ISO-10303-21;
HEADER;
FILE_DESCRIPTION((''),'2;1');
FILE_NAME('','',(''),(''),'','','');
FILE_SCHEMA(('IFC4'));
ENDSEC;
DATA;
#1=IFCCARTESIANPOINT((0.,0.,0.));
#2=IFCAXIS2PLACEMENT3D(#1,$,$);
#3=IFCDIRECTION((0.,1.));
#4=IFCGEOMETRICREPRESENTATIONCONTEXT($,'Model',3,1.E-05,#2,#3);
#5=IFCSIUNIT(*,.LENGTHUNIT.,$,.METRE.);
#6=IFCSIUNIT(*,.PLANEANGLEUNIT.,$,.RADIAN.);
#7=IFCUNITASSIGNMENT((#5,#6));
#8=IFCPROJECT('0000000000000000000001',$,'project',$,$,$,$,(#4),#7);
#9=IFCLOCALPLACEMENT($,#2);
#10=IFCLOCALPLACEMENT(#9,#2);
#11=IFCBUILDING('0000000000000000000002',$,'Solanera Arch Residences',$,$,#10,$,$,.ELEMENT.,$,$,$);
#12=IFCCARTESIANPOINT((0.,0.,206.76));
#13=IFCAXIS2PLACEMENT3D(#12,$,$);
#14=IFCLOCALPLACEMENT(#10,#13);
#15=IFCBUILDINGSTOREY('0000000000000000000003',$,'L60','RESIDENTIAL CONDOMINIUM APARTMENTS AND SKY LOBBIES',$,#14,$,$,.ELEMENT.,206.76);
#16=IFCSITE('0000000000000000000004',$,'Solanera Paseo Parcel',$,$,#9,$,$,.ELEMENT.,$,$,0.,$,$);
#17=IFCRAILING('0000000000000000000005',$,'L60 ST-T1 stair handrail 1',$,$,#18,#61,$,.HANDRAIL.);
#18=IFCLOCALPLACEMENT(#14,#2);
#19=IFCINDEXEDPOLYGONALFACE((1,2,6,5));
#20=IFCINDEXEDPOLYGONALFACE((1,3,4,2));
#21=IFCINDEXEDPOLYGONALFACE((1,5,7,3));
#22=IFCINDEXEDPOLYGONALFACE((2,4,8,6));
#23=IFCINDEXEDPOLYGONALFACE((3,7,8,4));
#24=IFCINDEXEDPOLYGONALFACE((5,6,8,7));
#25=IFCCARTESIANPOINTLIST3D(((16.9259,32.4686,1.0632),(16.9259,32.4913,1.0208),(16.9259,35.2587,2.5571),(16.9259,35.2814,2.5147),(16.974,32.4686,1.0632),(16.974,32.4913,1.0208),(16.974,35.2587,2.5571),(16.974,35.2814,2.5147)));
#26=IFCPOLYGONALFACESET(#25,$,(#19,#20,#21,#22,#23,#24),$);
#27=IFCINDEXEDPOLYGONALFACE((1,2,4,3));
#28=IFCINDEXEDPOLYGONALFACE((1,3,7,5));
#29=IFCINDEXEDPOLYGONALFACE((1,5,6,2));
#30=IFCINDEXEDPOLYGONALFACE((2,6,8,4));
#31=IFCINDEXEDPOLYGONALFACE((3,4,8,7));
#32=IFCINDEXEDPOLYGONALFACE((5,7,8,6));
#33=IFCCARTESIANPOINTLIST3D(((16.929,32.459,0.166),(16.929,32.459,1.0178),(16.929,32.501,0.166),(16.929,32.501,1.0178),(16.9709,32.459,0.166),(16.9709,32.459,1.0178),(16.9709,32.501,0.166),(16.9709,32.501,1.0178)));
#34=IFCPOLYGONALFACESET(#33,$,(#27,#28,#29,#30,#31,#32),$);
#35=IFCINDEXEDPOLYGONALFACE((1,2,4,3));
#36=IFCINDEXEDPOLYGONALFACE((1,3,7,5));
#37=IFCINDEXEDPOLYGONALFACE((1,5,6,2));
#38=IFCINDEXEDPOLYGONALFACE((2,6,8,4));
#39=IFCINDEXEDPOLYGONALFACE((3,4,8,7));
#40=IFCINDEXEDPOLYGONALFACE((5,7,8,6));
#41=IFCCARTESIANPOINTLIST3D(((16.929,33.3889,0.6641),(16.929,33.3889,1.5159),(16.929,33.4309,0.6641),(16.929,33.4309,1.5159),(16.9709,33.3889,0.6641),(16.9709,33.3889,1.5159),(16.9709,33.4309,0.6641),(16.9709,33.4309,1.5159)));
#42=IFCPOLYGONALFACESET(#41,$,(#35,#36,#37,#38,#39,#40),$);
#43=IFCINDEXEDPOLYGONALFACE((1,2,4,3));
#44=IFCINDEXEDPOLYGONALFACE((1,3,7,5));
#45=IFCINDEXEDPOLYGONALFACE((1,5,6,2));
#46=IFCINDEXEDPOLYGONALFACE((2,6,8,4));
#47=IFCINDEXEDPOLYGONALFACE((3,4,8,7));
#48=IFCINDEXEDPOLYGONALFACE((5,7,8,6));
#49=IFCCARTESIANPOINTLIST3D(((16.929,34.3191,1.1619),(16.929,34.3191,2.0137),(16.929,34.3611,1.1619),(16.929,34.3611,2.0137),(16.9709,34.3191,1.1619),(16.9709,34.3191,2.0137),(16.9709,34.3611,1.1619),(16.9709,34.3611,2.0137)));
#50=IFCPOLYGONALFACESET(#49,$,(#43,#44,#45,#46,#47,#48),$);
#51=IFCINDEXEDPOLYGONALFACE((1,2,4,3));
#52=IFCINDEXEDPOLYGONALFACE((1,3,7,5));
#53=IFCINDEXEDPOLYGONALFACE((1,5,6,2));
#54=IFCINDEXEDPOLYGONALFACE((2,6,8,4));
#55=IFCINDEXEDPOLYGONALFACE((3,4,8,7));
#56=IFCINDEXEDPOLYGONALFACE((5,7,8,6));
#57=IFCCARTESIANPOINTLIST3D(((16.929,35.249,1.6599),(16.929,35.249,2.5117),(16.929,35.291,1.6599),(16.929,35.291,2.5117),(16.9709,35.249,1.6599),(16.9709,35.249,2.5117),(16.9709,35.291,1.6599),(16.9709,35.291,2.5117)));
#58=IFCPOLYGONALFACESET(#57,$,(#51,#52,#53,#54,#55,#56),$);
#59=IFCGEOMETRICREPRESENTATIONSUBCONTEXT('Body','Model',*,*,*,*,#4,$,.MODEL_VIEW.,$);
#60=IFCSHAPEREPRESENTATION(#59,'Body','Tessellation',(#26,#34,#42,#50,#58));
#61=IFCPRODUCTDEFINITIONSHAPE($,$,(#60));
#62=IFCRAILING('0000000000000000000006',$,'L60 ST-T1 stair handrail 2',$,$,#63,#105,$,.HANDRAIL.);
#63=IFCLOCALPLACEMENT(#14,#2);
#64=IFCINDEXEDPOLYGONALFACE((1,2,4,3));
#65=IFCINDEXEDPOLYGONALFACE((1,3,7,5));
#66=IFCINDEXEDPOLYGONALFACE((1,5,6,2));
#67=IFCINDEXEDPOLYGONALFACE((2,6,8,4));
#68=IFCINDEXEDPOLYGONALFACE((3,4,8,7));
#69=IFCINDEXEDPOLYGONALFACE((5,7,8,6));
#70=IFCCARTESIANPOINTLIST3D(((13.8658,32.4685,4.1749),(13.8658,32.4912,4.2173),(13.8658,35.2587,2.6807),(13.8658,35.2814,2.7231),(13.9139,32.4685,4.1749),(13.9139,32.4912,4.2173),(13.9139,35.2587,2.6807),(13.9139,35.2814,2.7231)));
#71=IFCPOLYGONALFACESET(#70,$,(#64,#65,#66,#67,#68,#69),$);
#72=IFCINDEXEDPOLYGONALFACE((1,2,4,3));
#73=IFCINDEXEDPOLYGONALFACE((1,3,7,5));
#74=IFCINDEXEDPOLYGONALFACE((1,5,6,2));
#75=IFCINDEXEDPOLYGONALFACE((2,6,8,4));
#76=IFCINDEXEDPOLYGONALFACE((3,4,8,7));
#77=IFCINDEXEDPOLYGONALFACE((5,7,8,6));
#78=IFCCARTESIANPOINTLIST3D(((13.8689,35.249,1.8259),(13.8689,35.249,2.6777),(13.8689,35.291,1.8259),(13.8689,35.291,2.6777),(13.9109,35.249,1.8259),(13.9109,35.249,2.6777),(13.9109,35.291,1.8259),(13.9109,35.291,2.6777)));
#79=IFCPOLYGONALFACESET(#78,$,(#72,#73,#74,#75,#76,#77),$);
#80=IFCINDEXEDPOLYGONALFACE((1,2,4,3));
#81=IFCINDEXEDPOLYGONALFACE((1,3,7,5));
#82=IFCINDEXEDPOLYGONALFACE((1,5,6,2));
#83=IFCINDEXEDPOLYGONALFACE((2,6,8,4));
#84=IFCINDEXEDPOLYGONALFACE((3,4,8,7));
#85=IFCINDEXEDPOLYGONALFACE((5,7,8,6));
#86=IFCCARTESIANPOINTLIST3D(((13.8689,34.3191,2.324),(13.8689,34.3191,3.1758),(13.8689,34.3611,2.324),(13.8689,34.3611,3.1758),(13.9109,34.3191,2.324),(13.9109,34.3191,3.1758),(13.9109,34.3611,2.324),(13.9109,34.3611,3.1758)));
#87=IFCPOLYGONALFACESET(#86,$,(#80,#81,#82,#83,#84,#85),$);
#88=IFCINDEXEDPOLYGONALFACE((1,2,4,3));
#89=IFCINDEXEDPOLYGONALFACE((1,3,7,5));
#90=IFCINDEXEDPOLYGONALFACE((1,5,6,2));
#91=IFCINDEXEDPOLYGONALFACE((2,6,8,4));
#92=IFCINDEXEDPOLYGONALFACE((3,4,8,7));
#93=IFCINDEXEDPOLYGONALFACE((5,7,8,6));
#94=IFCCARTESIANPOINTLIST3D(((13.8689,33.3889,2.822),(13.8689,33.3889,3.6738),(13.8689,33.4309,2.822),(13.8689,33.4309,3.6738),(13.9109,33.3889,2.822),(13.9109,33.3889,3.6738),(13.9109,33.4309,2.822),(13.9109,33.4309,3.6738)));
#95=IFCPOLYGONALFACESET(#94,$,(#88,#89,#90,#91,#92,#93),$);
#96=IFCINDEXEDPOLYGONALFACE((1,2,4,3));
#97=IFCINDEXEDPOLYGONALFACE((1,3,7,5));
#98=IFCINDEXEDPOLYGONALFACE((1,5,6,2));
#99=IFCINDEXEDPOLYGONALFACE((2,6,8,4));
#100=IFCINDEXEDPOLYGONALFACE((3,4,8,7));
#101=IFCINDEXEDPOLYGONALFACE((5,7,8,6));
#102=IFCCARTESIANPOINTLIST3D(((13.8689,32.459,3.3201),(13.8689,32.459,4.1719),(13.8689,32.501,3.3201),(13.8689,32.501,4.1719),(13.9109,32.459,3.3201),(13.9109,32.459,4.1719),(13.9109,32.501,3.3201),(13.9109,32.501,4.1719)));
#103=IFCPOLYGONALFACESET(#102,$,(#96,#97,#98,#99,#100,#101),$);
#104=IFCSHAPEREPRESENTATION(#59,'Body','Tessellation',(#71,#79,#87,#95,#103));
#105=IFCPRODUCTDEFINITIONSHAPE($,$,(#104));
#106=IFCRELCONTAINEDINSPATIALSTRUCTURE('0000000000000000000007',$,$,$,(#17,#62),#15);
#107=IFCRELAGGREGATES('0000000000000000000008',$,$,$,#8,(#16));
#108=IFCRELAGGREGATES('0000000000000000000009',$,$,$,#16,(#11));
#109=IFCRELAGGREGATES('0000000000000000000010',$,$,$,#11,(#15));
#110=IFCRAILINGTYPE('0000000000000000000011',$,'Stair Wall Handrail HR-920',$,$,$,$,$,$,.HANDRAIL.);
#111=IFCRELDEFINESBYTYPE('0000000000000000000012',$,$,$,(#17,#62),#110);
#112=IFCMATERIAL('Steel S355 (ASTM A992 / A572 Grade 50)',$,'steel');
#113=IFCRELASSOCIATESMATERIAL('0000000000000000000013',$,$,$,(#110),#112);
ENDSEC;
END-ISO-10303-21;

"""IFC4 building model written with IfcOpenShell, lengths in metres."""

from ifc_helpers import new_model, si_unit, direction, frame, origin, origin_2d, place, context, subcontext, project, spatial, rectangle, extrude, material, type_object, element, save


model = new_model("IFC4")

# Units and contexts
model_context = context("Model", 3, precision=1e-05, world=origin(), true_north=direction((0.0, 1.0)))
body_context = subcontext(model_context, "Body", "Model", "MODEL_VIEW")
ifc_project = project(units=[si_unit("LENGTHUNIT", "METRE"), si_unit("PLANEANGLEUNIT", "RADIAN")], contexts=[model_context])

# Site, building, storey
site_placement = place(None, origin())
site = spatial("IfcSite", under=ifc_project, at=site_placement, Name="Solanera Paseo Parcel", CompositionType="ELEMENT", RefElevation=0.0)
building_placement = place(site_placement, origin())
building = spatial("IfcBuilding", under=site, at=building_placement, Name="Solanera Arch Residences", CompositionType="ELEMENT")
storey_placement = place(building_placement, frame((0.0, 0.0, 206.76)))
storey = spatial("IfcBuildingStorey", under=building, at=storey_placement, Name="L60", Description="RESIDENTIAL CONDOMINIUM APARTMENTS AND SKY LOBBIES", CompositionType="ELEMENT", Elevation=206.76)

# Railings
ifc_material_1 = material(Name="Steel S355 (ASTM A992 / A572 Grade 50)", Category="steel")
railing_type_1 = type_object("IfcRailingType", Name="Stair Wall Handrail HR-920", PredefinedType="HANDRAIL", material=ifc_material_1)
railing_1_placement = place(storey_placement, frame((16.95, 32.48, 0.166)))
element("IfcRailing", 1, at=railing_1_placement, inside=storey, type_object=railing_type_1, Name="L60 ST-T1 stair handrail 1", PredefinedType="HANDRAIL", context=body_context, shape_type="SweptSolid", body=[
    extrude(rectangle(XDim=0.0481, YDim=0.0481, at=origin_2d()), frame((0.0, 0.0, 0.876), z_axis=(0.0, 0.881581, 0.472033), x_axis=(-1.0, 0.0, 0.0)), (0.0, 0.0, 1.0), 3.1648),
    extrude(rectangle(XDim=0.042, YDim=0.042, at=origin_2d()), origin(), (0.0, 0.0, 1.0), 0.8518),
    extrude(rectangle(XDim=0.042, YDim=0.042, at=origin_2d()), frame((0.0, 0.9299, 0.498)), (0.0, 0.0, 1.0), 0.8518),
    extrude(rectangle(XDim=0.042, YDim=0.042, at=origin_2d()), frame((0.0, 1.8601, 0.9958)), (0.0, 0.0, 1.0), 0.8518),
    extrude(rectangle(XDim=0.042, YDim=0.042, at=origin_2d()), frame((0.0, 2.79, 1.4939)), (0.0, 0.0, 1.0), 0.8518),
])
railing_2_placement = place(storey_placement, frame((13.8899, 35.27, 1.8259)))
element("IfcRailing", 2, at=railing_2_placement, inside=storey, type_object=railing_type_1, Name="L60 ST-T1 stair handrail 2", PredefinedType="HANDRAIL", context=body_context, shape_type="SweptSolid", body=[
    extrude(rectangle(XDim=0.0481, YDim=0.0481, at=origin_2d()), frame((0.0, 0.0, 0.876), z_axis=(0.0, -0.881549, 0.472093), x_axis=(1.0, 0.0, 0.0)), (0.0, 0.0, 1.0), 3.165),
    extrude(rectangle(XDim=0.042, YDim=0.042, at=origin_2d()), origin(), (0.0, 0.0, 1.0), 0.8518),
    extrude(rectangle(XDim=0.042, YDim=0.042, at=origin_2d()), frame((0.0, -0.9299, 0.498)), (0.0, 0.0, 1.0), 0.8518),
    extrude(rectangle(XDim=0.042, YDim=0.042, at=origin_2d()), frame((0.0, -1.8601, 0.9961)), (0.0, 0.0, 1.0), 0.8518),
    extrude(rectangle(XDim=0.042, YDim=0.042, at=origin_2d()), frame((0.0, -2.79, 1.4941)), (0.0, 0.0, 1.0), 0.8518),
])

save(model, "model.ifc")
